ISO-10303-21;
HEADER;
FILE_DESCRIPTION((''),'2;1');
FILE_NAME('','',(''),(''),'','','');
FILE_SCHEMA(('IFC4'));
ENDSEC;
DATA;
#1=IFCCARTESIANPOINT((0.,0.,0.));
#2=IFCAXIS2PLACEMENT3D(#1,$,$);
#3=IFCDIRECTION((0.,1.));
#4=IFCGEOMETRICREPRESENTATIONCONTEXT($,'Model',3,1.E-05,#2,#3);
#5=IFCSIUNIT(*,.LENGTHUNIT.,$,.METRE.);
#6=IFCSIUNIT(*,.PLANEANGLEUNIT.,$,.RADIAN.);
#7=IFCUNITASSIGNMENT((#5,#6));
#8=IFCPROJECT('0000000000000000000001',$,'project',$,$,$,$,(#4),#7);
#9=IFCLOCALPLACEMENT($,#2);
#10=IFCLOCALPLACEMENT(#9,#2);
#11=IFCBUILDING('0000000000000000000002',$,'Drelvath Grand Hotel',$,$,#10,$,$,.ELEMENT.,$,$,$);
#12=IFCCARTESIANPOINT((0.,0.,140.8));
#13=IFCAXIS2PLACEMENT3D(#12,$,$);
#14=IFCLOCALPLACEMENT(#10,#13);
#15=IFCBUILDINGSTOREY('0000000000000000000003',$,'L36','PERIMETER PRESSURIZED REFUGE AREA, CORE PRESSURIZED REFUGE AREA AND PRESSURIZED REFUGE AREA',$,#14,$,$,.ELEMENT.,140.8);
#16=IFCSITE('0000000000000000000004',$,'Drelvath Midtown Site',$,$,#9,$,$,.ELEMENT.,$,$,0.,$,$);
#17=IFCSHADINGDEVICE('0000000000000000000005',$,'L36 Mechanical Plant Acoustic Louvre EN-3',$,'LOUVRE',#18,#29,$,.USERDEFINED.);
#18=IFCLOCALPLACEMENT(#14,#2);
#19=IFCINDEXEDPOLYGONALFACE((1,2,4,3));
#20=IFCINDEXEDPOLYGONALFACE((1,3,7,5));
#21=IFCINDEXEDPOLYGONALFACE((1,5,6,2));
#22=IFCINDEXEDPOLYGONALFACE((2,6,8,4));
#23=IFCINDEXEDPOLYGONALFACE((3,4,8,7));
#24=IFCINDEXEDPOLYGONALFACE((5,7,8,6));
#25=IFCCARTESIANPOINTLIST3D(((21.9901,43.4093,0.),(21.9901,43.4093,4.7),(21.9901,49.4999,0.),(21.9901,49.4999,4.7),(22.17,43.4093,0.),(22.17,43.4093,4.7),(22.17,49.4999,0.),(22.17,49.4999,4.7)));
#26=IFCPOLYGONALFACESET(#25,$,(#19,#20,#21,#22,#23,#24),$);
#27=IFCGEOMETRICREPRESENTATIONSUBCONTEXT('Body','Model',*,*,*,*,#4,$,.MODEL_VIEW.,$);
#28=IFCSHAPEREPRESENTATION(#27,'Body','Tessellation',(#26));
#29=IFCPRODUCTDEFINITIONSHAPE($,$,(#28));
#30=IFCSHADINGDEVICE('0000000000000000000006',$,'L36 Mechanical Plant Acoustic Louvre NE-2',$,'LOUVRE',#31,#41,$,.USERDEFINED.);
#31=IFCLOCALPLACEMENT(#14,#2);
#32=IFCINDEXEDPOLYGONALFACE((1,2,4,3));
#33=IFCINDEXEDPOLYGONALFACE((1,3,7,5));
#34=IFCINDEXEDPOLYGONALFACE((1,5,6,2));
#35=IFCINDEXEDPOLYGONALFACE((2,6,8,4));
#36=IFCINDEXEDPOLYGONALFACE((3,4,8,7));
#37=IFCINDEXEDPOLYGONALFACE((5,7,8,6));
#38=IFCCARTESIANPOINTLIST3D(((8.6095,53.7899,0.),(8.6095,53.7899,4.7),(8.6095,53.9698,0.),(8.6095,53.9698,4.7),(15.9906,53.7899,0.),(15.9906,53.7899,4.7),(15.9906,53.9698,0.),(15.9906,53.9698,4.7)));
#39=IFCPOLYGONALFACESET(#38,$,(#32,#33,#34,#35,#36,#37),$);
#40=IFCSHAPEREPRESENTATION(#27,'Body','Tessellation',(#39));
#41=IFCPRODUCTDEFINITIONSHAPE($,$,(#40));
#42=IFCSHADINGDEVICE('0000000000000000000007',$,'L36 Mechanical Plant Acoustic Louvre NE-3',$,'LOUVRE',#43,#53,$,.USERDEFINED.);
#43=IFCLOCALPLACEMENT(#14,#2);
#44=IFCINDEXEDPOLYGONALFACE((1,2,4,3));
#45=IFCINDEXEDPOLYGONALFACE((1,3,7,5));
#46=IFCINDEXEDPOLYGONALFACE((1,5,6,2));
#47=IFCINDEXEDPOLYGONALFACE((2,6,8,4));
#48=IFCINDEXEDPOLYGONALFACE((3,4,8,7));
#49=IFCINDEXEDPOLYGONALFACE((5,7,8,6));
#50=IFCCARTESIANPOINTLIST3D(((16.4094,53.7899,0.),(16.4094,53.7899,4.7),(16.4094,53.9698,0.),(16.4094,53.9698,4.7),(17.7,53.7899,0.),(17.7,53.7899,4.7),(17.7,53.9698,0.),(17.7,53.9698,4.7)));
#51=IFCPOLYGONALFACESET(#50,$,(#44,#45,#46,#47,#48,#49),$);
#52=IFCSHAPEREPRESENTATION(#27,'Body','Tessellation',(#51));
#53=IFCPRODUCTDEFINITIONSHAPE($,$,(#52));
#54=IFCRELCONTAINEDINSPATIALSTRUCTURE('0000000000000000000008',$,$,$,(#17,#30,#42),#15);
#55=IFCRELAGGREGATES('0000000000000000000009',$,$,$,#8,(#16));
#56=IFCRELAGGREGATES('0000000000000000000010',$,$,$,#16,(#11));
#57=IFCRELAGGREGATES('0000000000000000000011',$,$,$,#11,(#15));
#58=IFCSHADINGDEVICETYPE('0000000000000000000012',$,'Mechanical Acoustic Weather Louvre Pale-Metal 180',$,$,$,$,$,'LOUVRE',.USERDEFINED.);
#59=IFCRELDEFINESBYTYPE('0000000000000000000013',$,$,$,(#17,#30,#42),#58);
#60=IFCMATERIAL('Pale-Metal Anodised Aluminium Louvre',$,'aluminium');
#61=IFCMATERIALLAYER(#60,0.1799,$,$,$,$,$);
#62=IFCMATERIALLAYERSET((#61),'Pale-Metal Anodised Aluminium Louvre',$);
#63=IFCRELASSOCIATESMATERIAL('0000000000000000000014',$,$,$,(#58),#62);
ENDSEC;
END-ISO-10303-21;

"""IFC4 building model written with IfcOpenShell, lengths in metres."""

from ifc_helpers import new_model, si_unit, direction, frame, origin, origin_2d, place, context, subcontext, project, spatial, rectangle, extrude, material, layer, layer_set, type_object, element, save


model = new_model("IFC4")

# Units and contexts
model_context = context("Model", 3, precision=1e-05, world=origin(), true_north=direction((0.0, 1.0)))
body_context = subcontext(model_context, "Body", "Model", "MODEL_VIEW")
ifc_project = project(units=[si_unit("LENGTHUNIT", "METRE"), si_unit("PLANEANGLEUNIT", "RADIAN")], contexts=[model_context])

# Site, building, storey
site_placement = place(None, origin())
site = spatial("IfcSite", under=ifc_project, at=site_placement, Name="Drelvath Midtown Site", CompositionType="ELEMENT", RefElevation=0.0)
building_placement = place(site_placement, origin())
building = spatial("IfcBuilding", under=site, at=building_placement, Name="Drelvath Grand Hotel", CompositionType="ELEMENT")
storey_placement = place(building_placement, frame((0.0, 0.0, 140.8)))
storey = spatial("IfcBuildingStorey", under=building, at=storey_placement, Name="L36", Description="PERIMETER PRESSURIZED REFUGE AREA, CORE PRESSURIZED REFUGE AREA AND PRESSURIZED REFUGE AREA", CompositionType="ELEMENT", Elevation=140.8)

# Shading devices
ifc_material_1 = material(Name="Pale-Metal Anodised Aluminium Louvre", Category="aluminium")
ifc_layer_1 = layer(ifc_material_1, 0.1799)
ifc_layer_set_1 = layer_set([ifc_layer_1], Name="Pale-Metal Anodised Aluminium Louvre")
shading_device_type = type_object("IfcShadingDeviceType", Name="Mechanical Acoustic Weather Louvre Pale-Metal 180", ElementType="LOUVRE", PredefinedType="USERDEFINED", material=ifc_layer_set_1)
shading_device_1_placement = place(storey_placement, frame((22.0801, 46.4546, 0.0), z_axis=(0.0, 0.0, 1.0), x_axis=(0.0, 1.0, 0.0)))
element("IfcShadingDevice", 1, at=shading_device_1_placement, inside=storey, type_object=shading_device_type, Name="L36 Mechanical Plant Acoustic Louvre EN-3", ObjectType="LOUVRE", PredefinedType="USERDEFINED", context=body_context, shape_type="SweptSolid", body=[
    extrude(rectangle(XDim=6.0906, YDim=0.1799, at=origin_2d()), origin(), (0.0, 0.0, 1.0), 4.7),
])
shading_device_2_placement = place(storey_placement, frame((12.3, 53.8799, 0.0), z_axis=(0.0, 0.0, 1.0), x_axis=(1.0, 0.0, 0.0)))
element("IfcShadingDevice", 2, at=shading_device_2_placement, inside=storey, type_object=shading_device_type, Name="L36 Mechanical Plant Acoustic Louvre NE-2", ObjectType="LOUVRE", PredefinedType="USERDEFINED", context=body_context, shape_type="SweptSolid", body=[
    extrude(rectangle(XDim=7.3811, YDim=0.1799, at=origin_2d()), origin(), (0.0, 0.0, 1.0), 4.7),
])
shading_device_3_placement = place(storey_placement, frame((17.0547, 53.8799, 0.0), z_axis=(0.0, 0.0, 1.0), x_axis=(1.0, 0.0, 0.0)))
element("IfcShadingDevice", 3, at=shading_device_3_placement, inside=storey, type_object=shading_device_type, Name="L36 Mechanical Plant Acoustic Louvre NE-3", ObjectType="LOUVRE", PredefinedType="USERDEFINED", context=body_context, shape_type="SweptSolid", body=[
    extrude(rectangle(XDim=1.2905, YDim=0.1799, at=origin_2d()), origin(), (0.0, 0.0, 1.0), 4.7),
])

save(model, "model.ifc")
